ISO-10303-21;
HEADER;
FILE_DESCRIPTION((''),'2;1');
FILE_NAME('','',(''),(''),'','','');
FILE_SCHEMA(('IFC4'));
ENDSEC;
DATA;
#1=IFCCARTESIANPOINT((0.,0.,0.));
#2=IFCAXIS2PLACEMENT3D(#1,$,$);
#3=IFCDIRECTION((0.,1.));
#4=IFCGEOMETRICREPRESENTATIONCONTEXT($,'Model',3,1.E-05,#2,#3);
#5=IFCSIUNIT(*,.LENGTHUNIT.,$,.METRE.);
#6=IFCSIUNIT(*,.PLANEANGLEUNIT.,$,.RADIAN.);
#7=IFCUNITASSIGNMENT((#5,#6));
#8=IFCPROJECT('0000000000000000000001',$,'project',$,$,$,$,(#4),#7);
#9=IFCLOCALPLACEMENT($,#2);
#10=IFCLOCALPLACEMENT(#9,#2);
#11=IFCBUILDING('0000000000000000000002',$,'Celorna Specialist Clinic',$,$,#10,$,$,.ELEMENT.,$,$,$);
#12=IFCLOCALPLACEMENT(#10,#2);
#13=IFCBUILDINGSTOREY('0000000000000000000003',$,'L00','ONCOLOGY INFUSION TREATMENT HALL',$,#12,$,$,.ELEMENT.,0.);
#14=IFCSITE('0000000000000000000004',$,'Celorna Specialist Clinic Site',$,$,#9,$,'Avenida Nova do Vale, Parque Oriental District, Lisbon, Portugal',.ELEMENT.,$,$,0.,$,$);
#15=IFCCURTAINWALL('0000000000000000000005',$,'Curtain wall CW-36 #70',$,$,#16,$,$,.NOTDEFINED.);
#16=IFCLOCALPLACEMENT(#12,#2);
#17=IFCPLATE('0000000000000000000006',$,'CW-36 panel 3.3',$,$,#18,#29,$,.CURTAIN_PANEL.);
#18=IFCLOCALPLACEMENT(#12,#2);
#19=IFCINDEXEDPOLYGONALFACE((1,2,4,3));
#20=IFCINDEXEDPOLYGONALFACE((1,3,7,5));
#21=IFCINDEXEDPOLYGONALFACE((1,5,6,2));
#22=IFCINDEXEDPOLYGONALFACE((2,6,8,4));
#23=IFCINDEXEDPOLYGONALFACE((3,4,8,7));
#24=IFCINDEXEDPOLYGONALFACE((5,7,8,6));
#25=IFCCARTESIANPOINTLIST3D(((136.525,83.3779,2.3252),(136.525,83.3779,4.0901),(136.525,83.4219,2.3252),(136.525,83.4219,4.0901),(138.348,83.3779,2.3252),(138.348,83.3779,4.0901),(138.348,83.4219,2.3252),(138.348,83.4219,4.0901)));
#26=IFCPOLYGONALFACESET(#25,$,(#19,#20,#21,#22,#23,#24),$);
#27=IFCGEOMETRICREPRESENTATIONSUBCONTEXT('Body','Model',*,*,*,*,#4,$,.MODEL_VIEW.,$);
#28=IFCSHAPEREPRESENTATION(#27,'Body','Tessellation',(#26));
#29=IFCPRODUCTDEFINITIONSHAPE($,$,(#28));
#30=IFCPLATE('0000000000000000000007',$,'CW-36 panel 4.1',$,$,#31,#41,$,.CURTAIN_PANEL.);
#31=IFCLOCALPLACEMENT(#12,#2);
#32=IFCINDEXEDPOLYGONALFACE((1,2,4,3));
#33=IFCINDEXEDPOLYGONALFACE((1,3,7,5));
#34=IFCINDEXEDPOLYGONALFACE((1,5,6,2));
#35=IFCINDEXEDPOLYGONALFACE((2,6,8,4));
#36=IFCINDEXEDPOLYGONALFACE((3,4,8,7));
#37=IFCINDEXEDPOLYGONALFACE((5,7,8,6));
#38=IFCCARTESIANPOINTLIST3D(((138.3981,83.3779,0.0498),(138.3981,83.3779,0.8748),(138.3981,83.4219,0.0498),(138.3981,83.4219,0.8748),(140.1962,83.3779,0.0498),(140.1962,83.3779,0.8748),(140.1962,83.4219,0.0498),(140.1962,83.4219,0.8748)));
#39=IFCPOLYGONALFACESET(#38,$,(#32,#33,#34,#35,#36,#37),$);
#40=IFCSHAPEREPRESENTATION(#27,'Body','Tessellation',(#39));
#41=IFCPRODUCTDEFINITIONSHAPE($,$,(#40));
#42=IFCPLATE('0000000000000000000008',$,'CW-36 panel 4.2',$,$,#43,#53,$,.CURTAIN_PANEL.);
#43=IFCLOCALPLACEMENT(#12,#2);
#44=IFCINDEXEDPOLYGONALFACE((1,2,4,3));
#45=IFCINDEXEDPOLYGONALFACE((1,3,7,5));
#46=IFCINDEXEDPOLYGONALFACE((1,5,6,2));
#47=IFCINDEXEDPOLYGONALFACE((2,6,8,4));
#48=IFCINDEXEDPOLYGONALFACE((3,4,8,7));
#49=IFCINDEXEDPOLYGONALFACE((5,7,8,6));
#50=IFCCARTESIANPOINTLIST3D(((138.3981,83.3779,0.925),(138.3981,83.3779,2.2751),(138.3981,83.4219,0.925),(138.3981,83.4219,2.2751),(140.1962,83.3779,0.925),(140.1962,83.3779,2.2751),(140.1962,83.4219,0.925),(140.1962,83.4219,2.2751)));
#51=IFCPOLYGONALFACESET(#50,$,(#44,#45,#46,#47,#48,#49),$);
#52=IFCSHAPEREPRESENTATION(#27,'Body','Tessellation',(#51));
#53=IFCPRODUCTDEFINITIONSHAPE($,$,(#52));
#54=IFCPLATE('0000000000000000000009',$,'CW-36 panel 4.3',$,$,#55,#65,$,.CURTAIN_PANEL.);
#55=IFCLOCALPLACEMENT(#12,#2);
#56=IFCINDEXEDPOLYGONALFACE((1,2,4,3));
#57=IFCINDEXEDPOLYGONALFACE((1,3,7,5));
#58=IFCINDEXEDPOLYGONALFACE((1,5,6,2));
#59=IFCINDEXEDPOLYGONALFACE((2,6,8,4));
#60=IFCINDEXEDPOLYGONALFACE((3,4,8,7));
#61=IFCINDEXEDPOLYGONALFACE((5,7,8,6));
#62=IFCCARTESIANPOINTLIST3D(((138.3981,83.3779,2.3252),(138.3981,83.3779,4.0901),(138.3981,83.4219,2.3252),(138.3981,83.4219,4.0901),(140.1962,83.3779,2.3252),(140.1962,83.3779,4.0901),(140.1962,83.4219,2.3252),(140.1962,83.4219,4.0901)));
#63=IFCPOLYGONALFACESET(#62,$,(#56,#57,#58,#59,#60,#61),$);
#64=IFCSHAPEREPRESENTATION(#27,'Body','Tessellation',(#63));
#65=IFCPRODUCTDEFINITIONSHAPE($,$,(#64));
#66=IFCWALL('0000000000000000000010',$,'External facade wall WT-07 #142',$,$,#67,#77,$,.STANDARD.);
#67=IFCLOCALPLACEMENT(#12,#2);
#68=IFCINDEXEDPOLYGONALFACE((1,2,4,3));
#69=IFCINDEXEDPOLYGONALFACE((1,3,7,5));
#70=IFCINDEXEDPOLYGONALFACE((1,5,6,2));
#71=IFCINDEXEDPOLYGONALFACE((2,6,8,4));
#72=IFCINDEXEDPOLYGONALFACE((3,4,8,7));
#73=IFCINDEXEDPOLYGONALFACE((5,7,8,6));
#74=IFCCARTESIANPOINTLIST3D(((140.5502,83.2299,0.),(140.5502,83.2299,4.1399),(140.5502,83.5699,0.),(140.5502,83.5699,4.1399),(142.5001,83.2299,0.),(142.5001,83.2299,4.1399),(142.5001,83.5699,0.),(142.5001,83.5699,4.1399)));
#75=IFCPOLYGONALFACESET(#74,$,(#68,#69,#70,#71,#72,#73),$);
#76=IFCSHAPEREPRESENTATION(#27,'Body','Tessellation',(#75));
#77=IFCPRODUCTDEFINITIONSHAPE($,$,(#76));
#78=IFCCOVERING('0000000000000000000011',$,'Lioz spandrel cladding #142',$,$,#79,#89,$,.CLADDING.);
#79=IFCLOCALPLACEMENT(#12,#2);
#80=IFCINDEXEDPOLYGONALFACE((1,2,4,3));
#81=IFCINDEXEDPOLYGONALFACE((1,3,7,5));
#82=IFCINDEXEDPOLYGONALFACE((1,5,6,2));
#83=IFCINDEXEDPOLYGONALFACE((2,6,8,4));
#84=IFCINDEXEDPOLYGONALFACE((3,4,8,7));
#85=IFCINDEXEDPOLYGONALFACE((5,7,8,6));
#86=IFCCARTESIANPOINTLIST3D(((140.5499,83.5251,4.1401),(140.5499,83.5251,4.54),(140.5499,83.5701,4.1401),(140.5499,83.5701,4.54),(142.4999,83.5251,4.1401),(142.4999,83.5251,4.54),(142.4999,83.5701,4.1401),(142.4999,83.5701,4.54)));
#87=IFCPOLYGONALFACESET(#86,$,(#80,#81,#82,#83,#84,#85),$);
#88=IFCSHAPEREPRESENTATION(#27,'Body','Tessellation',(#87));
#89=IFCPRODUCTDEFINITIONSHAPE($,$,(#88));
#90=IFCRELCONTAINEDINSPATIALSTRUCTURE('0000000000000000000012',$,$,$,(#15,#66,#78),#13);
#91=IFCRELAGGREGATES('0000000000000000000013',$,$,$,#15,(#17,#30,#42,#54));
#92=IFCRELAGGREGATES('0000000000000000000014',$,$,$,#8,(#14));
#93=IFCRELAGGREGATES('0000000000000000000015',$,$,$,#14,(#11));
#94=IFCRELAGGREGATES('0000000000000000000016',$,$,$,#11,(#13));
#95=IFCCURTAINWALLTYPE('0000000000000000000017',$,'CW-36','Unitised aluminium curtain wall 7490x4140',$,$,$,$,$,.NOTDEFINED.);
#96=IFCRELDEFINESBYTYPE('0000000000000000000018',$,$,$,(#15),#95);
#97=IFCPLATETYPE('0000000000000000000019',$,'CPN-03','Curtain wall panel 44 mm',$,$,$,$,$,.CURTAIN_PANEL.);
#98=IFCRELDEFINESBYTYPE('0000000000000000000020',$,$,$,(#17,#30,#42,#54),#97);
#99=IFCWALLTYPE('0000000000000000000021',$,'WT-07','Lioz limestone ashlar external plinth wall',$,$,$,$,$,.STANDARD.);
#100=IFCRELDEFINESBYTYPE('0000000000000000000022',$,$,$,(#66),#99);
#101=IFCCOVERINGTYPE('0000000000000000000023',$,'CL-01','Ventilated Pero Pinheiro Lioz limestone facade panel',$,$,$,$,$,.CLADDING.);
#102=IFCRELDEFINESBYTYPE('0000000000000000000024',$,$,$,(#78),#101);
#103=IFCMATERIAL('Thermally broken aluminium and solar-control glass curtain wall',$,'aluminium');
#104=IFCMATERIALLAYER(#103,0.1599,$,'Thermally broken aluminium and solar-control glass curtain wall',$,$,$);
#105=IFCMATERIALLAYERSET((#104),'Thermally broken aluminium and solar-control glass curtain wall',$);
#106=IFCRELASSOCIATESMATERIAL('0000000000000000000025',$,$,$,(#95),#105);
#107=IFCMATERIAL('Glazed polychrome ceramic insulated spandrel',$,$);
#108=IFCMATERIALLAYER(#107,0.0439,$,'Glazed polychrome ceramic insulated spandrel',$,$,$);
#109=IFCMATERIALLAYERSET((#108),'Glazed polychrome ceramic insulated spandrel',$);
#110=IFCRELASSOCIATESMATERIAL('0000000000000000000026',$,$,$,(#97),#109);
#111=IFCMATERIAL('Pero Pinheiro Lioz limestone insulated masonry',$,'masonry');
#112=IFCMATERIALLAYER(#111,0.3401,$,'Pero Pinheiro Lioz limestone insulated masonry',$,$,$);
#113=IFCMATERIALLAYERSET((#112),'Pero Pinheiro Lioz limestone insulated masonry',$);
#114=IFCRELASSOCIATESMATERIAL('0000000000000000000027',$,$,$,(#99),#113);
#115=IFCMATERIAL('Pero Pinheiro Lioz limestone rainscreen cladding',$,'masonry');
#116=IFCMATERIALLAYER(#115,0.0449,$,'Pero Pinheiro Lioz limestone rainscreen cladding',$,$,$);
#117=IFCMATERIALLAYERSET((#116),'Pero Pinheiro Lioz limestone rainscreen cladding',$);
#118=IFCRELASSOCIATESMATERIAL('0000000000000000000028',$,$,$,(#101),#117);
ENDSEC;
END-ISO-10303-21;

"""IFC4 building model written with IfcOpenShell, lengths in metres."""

from ifc_helpers import new_model, si_unit, direction, frame, frame_2d, origin, origin_2d, place, context, subcontext, project, spatial, rectangle, extrude, material, layer, layer_set, type_object, element, aggregate, save


model = new_model("IFC4")

# Units and contexts
model_context = context("Model", 3, precision=1e-05, world=origin(), true_north=direction((0.0, 1.0)))
body_context = subcontext(model_context, "Body", "Model", "MODEL_VIEW")
ifc_project = project(units=[si_unit("LENGTHUNIT", "METRE"), si_unit("PLANEANGLEUNIT", "RADIAN")], contexts=[model_context])

# Site, building, storey
site_placement = place(None, origin())
site = spatial("IfcSite", under=ifc_project, at=site_placement, Name="Celorna Specialist Clinic Site", LongName="Avenida Nova do Vale, Parque Oriental District, Lisbon, Portugal", CompositionType="ELEMENT", RefElevation=0.0)
building_placement = place(site_placement, origin())
building = spatial("IfcBuilding", under=site, at=building_placement, Name="Celorna Specialist Clinic", CompositionType="ELEMENT")
storey_placement = place(building_placement, origin())
storey = spatial("IfcBuildingStorey", under=building, at=storey_placement, Name="L00", Description="ONCOLOGY INFUSION TREATMENT HALL", CompositionType="ELEMENT", Elevation=0.0)

# Curtain wall
ifc_material_1 = material(Name="Thermally broken aluminium and solar-control glass curtain wall", Category="aluminium")
ifc_layer_1 = layer(ifc_material_1, 0.1599, Name="Thermally broken aluminium and solar-control glass curtain wall")
ifc_layer_set_1 = layer_set([ifc_layer_1], Name="Thermally broken aluminium and solar-control glass curtain wall")
curtain_wall_type_1 = type_object("IfcCurtainWallType", Name="CW-36", Description="Unitised aluminium curtain wall 7490x4140", PredefinedType="NOTDEFINED", material=ifc_layer_set_1)
curtain_wall_1_placement = place(storey_placement, origin())
curtain_wall_1 = element("IfcCurtainWall", 1, at=curtain_wall_1_placement, inside=storey, type_object=curtain_wall_type_1, Name="Curtain wall CW-36 #70", PredefinedType="NOTDEFINED")

# Plates
ifc_material_2 = material(Name="Glazed polychrome ceramic insulated spandrel")
ifc_layer_2 = layer(ifc_material_2, 0.0439, Name="Glazed polychrome ceramic insulated spandrel")
ifc_layer_set_2 = layer_set([ifc_layer_2], Name="Glazed polychrome ceramic insulated spandrel")
plate_type_1 = type_object("IfcPlateType", Name="CPN-03", Description="Curtain wall panel 44 mm", PredefinedType="CURTAIN_PANEL", material=ifc_layer_set_2)
plate_1_placement = place(storey_placement, frame((137.4365, 83.3999, 2.3252), z_axis=(0.0, 0.0, 1.0), x_axis=(1.0, 0.0, 0.0)))
plate_1 = element("IfcPlate", 2, at=plate_1_placement, type_object=plate_type_1, Name="CW-36 panel 3.3", PredefinedType="CURTAIN_PANEL", context=body_context, shape_type="SweptSolid", body=[
    extrude(rectangle(XDim=1.823, YDim=0.0439, at=origin_2d()), origin(), (0.0, 0.0, 1.0), 1.7649),
])
plate_2_placement = place(storey_placement, frame((139.2971, 83.3999, 0.0498), z_axis=(0.0, 0.0, 1.0), x_axis=(1.0, 0.0, 0.0)))
plate_2 = element("IfcPlate", 3, at=plate_2_placement, type_object=plate_type_1, Name="CW-36 panel 4.1", PredefinedType="CURTAIN_PANEL", context=body_context, shape_type="SweptSolid", body=[
    extrude(rectangle(XDim=1.7981, YDim=0.0439, at=origin_2d()), origin(), (0.0, 0.0, 1.0), 0.825),
])
plate_3_placement = place(storey_placement, frame((139.2971, 83.3999, 0.925), z_axis=(0.0, 0.0, 1.0), x_axis=(1.0, 0.0, 0.0)))
plate_3 = element("IfcPlate", 4, at=plate_3_placement, type_object=plate_type_1, Name="CW-36 panel 4.2", PredefinedType="CURTAIN_PANEL", context=body_context, shape_type="SweptSolid", body=[
    extrude(rectangle(XDim=1.7981, YDim=0.0439, at=origin_2d()), origin(), (0.0, 0.0, 1.0), 1.3501),
])
plate_4_placement = place(storey_placement, frame((139.2971, 83.3999, 2.3252), z_axis=(0.0, 0.0, 1.0), x_axis=(1.0, 0.0, 0.0)))
plate_4 = element("IfcPlate", 5, at=plate_4_placement, type_object=plate_type_1, Name="CW-36 panel 4.3", PredefinedType="CURTAIN_PANEL", context=body_context, shape_type="SweptSolid", body=[
    extrude(rectangle(XDim=1.7981, YDim=0.0439, at=origin_2d()), origin(), (0.0, 0.0, 1.0), 1.7649),
])
aggregate(curtain_wall_1, [plate_1, plate_2, plate_3, plate_4])

# Wall
ifc_material_3 = material(Name="Pero Pinheiro Lioz limestone insulated masonry", Category="masonry")
ifc_layer_3 = layer(ifc_material_3, 0.3401, Name="Pero Pinheiro Lioz limestone insulated masonry")
ifc_layer_set_3 = layer_set([ifc_layer_3], Name="Pero Pinheiro Lioz limestone insulated masonry")
wall_type = type_object("IfcWallType", Name="WT-07", Description="Lioz limestone ashlar external plinth wall", PredefinedType="STANDARD", material=ifc_layer_set_3)
wall_placement = place(storey_placement, frame((140.55, 83.3999, 0.0), z_axis=(0.0, 0.0, 1.0), x_axis=(1.0, 0.0, 0.0)))
element("IfcWall", 6, at=wall_placement, inside=storey, type_object=wall_type, Name="External facade wall WT-07 #142", PredefinedType="STANDARD", context=body_context, shape_type="SweptSolid", body=[
    extrude(rectangle(XDim=1.95, YDim=0.3401, at=frame_2d((0.9751, 0.0))), origin(), (0.0, 0.0, 1.0), 4.1399),
])

# Covering
ifc_material_4 = material(Name="Pero Pinheiro Lioz limestone rainscreen cladding", Category="masonry")
ifc_layer_4 = layer(ifc_material_4, 0.0449, Name="Pero Pinheiro Lioz limestone rainscreen cladding")
ifc_layer_set_4 = layer_set([ifc_layer_4], Name="Pero Pinheiro Lioz limestone rainscreen cladding")
covering_type = type_object("IfcCoveringType", Name="CL-01", Description="Ventilated Pero Pinheiro Lioz limestone facade panel", PredefinedType="CLADDING", material=ifc_layer_set_4)
covering_placement = place(storey_placement, frame((141.5249, 83.5476, 4.1401), z_axis=(0.0, 0.0, 1.0), x_axis=(1.0, 0.0, 0.0)))
element("IfcCovering", 7, at=covering_placement, inside=storey, type_object=covering_type, Name="Lioz spandrel cladding #142", PredefinedType="CLADDING", context=body_context, shape_type="SweptSolid", body=[
    extrude(rectangle(XDim=1.95, YDim=0.0449, at=origin_2d()), origin(), (0.0, 0.0, 1.0), 0.3999),
])

save(model, "model.ifc")
